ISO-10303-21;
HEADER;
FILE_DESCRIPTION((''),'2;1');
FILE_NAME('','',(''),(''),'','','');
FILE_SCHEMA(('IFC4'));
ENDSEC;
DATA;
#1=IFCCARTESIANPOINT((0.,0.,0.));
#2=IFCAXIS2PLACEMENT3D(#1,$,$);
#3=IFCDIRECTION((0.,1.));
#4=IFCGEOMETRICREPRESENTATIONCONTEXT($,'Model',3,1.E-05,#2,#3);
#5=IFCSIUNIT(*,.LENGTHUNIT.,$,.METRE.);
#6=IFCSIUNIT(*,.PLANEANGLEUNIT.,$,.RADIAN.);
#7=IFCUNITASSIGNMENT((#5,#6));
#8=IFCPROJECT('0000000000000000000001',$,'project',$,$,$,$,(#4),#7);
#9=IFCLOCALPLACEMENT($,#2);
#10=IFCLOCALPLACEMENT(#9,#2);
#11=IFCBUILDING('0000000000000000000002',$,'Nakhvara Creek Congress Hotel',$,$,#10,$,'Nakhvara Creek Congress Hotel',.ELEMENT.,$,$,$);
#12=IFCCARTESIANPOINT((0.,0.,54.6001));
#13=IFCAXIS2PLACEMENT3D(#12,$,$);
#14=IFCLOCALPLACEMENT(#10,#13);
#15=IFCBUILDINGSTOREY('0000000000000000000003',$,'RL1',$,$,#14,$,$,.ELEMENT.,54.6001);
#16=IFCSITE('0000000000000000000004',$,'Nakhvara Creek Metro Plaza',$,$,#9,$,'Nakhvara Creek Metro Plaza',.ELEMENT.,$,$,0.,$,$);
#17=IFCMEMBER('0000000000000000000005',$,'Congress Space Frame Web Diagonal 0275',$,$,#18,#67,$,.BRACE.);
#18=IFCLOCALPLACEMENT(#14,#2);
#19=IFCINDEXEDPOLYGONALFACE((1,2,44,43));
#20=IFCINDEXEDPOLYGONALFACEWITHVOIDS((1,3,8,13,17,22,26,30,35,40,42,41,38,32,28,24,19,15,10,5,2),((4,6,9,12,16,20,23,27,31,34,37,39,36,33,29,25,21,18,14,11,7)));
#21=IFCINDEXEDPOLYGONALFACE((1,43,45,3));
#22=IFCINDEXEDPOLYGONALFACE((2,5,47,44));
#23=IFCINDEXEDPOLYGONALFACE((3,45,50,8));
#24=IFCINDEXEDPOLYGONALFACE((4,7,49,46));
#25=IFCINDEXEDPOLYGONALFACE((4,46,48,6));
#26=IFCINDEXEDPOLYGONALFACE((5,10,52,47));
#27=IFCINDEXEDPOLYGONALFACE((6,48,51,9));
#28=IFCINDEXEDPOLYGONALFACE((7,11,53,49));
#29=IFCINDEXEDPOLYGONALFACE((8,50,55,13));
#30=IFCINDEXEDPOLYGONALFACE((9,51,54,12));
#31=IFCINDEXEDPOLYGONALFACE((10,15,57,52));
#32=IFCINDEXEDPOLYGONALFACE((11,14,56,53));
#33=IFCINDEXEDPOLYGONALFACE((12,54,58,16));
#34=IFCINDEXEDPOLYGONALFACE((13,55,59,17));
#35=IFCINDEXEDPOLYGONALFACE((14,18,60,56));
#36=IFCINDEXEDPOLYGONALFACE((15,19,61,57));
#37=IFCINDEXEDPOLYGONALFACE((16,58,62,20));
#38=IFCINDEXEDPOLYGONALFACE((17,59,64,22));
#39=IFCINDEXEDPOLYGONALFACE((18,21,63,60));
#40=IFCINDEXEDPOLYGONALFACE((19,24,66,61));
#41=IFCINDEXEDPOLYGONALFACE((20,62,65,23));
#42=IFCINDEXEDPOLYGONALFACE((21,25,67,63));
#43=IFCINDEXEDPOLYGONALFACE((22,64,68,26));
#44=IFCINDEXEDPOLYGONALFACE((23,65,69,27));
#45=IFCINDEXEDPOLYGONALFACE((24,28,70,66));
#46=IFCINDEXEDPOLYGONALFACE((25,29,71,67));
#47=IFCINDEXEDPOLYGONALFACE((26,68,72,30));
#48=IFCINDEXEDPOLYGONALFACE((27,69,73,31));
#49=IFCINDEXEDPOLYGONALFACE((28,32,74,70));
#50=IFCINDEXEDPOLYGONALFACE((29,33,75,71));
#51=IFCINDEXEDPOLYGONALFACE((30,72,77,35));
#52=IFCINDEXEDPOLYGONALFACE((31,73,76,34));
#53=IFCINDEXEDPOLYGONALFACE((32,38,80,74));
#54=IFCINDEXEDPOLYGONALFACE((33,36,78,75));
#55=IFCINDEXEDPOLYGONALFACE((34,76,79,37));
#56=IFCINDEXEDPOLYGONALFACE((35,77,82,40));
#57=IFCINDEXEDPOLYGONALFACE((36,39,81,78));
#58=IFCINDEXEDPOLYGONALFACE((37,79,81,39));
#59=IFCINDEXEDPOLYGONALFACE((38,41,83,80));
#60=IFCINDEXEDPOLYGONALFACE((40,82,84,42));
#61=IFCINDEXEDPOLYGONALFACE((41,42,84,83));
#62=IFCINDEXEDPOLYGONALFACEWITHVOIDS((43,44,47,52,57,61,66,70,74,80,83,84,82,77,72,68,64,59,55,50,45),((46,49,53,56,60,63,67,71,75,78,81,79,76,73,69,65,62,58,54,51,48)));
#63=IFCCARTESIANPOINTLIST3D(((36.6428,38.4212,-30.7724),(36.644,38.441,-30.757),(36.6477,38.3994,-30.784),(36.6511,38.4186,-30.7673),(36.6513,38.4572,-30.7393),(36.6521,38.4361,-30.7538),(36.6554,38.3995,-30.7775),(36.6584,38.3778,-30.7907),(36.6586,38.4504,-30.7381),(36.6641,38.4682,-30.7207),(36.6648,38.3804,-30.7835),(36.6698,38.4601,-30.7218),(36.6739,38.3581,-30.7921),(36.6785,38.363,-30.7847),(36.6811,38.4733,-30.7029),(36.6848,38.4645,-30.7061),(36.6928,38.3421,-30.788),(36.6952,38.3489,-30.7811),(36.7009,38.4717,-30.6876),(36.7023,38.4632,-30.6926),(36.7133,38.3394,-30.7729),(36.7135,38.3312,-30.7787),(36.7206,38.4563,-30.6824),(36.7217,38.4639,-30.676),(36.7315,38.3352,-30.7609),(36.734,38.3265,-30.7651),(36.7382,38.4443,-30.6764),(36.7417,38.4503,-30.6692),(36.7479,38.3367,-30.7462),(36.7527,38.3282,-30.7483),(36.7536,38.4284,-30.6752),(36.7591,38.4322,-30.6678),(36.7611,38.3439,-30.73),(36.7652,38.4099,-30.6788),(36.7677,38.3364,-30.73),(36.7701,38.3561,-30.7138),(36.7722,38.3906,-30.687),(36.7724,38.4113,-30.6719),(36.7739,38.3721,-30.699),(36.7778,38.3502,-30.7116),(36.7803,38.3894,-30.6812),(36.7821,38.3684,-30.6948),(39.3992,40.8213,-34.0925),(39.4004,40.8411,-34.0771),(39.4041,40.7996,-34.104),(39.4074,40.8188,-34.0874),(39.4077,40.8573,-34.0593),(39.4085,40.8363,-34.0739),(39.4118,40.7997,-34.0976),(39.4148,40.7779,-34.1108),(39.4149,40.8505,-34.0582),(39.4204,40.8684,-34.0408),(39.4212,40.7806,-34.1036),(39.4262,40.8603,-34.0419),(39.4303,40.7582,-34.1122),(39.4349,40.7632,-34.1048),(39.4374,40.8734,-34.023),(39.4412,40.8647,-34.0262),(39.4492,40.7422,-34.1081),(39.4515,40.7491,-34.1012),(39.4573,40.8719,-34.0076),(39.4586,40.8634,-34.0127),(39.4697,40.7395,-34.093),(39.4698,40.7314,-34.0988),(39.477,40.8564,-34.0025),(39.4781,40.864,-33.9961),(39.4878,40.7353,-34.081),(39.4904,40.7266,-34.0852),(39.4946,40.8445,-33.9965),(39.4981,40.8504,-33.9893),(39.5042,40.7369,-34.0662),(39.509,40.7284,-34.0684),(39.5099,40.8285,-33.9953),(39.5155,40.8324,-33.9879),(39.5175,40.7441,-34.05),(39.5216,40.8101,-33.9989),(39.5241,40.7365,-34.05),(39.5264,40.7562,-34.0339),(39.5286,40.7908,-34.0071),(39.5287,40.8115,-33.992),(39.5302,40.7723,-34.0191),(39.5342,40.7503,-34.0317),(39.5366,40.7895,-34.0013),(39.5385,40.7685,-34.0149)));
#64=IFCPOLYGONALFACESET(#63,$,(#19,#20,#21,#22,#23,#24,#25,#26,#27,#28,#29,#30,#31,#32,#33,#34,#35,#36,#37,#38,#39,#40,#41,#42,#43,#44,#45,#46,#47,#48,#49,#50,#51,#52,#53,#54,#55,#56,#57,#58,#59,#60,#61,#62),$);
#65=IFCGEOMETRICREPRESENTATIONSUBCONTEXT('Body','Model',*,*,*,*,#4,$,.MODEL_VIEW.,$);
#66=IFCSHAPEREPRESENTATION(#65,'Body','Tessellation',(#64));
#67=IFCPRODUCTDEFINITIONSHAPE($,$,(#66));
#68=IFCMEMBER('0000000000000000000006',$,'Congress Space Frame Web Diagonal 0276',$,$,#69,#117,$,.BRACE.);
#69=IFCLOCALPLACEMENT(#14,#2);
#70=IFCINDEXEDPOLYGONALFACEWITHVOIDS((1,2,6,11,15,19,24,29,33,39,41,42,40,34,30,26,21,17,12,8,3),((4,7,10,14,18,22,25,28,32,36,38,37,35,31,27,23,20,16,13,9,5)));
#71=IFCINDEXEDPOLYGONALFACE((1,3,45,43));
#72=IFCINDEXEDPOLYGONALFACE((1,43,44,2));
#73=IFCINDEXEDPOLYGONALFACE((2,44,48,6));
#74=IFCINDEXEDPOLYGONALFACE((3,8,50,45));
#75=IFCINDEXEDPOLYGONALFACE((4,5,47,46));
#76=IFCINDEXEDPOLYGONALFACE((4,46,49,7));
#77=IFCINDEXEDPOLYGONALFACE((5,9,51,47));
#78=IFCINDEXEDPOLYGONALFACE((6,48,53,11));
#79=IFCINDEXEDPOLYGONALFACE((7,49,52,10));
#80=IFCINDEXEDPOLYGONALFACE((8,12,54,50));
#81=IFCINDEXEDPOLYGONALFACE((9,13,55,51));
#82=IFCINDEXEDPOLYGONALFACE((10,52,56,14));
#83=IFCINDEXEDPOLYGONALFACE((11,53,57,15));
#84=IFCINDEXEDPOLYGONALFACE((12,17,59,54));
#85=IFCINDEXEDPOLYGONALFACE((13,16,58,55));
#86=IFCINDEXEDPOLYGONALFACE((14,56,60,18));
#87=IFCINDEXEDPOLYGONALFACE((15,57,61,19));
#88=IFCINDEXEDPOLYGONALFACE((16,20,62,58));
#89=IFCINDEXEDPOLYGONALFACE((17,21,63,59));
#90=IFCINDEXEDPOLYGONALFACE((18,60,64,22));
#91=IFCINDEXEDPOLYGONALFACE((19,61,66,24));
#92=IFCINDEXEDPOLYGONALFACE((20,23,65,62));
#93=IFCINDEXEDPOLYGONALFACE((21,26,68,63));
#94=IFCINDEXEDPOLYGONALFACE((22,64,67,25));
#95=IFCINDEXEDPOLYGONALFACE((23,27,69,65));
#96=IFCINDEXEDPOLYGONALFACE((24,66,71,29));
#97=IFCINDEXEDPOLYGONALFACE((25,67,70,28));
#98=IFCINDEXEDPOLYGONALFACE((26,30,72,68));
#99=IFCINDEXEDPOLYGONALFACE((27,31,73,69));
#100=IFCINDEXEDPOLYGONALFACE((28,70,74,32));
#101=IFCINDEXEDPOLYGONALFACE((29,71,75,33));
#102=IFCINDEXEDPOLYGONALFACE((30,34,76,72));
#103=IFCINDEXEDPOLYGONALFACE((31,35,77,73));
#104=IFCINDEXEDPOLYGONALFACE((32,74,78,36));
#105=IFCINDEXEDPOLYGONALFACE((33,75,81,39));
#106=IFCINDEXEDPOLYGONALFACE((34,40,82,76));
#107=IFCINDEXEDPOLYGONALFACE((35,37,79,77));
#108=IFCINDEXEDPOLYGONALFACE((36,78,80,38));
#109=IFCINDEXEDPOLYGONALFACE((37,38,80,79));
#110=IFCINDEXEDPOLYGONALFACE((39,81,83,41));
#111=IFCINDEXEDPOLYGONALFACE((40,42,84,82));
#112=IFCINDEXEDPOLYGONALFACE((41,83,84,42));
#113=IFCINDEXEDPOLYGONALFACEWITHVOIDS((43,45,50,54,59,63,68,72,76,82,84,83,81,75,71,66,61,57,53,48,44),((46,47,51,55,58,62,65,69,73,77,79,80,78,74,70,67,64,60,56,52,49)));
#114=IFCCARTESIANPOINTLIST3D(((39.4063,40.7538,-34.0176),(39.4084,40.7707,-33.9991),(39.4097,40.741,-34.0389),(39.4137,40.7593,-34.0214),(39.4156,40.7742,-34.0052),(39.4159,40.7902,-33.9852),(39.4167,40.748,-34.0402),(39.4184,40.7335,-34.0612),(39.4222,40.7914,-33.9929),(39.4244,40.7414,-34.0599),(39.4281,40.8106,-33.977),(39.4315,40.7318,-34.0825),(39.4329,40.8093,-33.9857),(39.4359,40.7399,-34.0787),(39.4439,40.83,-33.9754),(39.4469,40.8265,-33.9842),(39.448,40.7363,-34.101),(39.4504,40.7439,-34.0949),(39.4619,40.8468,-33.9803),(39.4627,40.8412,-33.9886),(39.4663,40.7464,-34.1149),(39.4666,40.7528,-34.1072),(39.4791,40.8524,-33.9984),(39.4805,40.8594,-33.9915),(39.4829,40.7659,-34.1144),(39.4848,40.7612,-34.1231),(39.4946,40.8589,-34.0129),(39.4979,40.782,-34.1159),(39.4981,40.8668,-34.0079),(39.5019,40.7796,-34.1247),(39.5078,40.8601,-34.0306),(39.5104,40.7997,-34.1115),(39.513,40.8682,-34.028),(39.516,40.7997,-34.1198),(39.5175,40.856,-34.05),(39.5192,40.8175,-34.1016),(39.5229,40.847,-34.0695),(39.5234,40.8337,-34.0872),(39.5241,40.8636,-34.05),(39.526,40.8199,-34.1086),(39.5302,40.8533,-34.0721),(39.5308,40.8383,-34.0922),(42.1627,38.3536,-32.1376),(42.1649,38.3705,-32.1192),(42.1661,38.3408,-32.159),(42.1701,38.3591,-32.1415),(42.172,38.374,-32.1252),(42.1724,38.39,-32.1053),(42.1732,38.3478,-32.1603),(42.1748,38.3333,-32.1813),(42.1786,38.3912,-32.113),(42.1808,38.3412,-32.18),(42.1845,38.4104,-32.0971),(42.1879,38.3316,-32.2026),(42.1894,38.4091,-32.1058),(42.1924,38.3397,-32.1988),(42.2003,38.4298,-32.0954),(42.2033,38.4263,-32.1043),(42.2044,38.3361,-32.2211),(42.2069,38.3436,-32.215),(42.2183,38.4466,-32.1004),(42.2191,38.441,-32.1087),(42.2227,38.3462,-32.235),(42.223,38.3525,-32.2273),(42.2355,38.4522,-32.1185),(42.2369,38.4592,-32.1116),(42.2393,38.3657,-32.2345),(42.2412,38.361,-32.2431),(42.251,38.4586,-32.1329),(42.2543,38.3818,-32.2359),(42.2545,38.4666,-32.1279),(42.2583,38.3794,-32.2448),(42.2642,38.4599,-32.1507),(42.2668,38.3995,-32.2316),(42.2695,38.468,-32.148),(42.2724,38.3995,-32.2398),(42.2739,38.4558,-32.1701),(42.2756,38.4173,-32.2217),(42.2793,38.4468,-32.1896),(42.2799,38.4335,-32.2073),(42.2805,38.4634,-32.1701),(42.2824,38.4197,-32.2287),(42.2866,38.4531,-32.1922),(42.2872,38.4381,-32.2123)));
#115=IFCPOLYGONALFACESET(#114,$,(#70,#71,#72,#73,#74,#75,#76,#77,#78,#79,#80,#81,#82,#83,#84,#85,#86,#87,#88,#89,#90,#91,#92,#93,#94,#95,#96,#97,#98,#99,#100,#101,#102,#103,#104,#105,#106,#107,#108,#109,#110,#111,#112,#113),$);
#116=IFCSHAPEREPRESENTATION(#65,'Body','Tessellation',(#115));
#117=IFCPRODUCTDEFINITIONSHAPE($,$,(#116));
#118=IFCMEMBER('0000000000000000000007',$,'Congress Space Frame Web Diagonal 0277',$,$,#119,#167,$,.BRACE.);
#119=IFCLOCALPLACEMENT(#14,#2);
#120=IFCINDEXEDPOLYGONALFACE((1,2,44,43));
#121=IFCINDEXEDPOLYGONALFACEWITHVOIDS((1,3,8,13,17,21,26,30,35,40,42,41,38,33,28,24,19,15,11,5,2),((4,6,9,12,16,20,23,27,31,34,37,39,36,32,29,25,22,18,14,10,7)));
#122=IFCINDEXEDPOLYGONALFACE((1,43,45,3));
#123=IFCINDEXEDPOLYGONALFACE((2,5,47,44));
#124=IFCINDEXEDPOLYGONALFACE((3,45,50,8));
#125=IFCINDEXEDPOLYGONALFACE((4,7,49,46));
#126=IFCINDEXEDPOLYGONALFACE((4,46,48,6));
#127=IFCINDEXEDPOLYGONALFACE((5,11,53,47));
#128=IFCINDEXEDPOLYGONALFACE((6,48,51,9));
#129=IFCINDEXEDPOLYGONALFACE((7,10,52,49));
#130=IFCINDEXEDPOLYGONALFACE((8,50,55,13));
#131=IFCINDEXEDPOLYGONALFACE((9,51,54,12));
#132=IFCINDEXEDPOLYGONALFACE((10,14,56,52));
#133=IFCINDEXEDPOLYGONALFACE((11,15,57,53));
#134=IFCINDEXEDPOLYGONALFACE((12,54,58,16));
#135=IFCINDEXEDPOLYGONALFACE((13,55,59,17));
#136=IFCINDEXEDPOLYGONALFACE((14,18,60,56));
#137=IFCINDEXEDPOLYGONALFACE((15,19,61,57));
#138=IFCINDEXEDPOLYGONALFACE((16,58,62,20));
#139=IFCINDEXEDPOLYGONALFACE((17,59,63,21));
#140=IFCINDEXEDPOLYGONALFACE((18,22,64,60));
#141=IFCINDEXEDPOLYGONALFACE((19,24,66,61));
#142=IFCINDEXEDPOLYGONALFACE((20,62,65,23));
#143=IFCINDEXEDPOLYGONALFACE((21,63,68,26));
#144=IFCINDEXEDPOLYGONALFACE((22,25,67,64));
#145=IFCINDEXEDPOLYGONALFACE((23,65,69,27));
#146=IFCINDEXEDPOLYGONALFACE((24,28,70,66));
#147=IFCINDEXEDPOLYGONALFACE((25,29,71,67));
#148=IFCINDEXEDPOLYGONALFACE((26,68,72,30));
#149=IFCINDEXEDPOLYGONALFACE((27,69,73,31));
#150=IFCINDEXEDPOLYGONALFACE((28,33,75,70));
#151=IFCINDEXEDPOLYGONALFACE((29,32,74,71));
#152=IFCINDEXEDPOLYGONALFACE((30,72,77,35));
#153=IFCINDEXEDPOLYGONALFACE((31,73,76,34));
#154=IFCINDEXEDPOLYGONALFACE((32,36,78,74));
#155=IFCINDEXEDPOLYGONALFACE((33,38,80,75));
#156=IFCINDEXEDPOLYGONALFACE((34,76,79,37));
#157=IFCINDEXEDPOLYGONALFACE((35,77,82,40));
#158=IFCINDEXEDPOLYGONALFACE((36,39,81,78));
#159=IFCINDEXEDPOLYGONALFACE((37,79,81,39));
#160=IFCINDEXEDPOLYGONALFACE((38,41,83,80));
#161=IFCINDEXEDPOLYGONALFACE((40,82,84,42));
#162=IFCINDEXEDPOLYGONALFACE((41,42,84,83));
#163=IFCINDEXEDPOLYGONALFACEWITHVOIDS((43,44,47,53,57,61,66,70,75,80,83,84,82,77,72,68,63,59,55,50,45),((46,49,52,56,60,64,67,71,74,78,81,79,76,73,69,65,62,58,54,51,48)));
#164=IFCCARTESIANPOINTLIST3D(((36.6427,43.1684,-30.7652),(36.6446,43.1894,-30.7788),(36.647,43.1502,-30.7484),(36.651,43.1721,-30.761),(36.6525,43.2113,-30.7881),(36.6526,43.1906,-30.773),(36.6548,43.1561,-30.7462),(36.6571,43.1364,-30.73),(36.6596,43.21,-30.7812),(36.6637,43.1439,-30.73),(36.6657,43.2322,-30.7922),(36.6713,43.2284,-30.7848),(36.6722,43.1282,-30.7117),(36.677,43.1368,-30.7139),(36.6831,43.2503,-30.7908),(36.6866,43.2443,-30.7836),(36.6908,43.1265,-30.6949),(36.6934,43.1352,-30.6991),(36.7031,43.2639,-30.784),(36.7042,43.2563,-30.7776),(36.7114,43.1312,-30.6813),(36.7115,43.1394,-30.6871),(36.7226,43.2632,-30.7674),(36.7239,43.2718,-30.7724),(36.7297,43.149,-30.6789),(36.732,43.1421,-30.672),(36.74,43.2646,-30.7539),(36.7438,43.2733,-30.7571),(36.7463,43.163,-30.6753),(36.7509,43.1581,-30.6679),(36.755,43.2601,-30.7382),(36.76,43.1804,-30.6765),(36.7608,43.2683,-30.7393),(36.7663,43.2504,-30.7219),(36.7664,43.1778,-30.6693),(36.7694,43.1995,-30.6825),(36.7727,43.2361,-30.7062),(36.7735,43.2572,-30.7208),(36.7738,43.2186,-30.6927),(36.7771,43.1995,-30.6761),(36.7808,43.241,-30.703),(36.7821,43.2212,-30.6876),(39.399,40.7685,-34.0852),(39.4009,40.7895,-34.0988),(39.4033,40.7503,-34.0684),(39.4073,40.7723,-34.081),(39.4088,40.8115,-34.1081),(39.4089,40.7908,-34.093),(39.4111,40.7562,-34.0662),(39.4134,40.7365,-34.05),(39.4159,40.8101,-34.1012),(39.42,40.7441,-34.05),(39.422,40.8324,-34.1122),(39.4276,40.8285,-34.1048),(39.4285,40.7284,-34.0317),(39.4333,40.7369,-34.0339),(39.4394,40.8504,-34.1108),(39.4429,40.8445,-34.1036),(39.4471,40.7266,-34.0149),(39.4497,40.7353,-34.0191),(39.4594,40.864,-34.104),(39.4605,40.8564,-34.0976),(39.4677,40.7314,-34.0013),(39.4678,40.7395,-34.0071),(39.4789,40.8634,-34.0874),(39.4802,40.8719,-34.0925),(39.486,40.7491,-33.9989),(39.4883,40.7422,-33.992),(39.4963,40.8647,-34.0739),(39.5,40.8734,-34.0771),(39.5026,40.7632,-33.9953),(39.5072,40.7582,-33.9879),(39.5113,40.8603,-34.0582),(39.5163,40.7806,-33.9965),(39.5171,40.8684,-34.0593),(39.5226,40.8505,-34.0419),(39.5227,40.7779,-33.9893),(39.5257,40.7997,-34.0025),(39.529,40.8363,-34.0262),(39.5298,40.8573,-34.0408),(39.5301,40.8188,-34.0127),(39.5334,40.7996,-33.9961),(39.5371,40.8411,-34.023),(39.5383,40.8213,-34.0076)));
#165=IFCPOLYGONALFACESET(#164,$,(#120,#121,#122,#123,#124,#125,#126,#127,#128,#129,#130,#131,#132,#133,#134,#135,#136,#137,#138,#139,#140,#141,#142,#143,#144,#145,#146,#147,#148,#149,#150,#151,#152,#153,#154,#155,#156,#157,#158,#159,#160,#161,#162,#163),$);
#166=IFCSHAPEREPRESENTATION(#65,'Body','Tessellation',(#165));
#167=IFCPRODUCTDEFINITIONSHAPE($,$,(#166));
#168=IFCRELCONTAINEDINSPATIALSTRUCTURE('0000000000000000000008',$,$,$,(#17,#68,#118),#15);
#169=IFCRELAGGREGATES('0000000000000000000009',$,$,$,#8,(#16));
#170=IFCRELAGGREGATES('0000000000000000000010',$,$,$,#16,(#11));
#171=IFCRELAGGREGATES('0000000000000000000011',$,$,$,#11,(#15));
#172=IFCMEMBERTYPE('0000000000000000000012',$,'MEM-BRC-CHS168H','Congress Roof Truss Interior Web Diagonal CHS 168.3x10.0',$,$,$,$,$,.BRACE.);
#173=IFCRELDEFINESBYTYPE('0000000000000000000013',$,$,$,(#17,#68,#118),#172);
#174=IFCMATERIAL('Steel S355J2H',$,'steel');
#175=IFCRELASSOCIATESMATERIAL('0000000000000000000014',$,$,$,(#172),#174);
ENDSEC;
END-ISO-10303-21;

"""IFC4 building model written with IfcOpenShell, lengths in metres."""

from ifc_helpers import new_model, si_unit, direction, frame, origin, origin_2d, place, context, subcontext, project, spatial, hollow_circle, extrude, material, material_profile, profile_set, type_object, element, save


model = new_model("IFC4")

# Units and contexts
model_context = context("Model", 3, precision=1e-05, world=origin(), true_north=direction((0.0, 1.0)))
body_context = subcontext(model_context, "Body", "Model", "MODEL_VIEW")
ifc_project = project(units=[si_unit("LENGTHUNIT", "METRE"), si_unit("PLANEANGLEUNIT", "RADIAN")], contexts=[model_context])

# Site, building, storey
site_placement = place(None, origin())
site = spatial("IfcSite", under=ifc_project, at=site_placement, Name="Nakhvara Creek Metro Plaza", LongName="Nakhvara Creek Metro Plaza", CompositionType="ELEMENT", RefElevation=0.0)
building_placement = place(site_placement, origin())
building = spatial("IfcBuilding", under=site, at=building_placement, Name="Nakhvara Creek Congress Hotel", LongName="Nakhvara Creek Congress Hotel", CompositionType="ELEMENT")
storey_placement = place(building_placement, frame((0.0, 0.0, 54.6001)))
storey = spatial("IfcBuildingStorey", under=building, at=storey_placement, Name="RL1", CompositionType="ELEMENT", Elevation=54.6001)

# Members
ifc_material_1 = material(Name="Steel S355J2H", Category="steel")
ifc_material_profile_1 = material_profile(ifc_material_1, hollow_circle(Radius=0.0842, WallThickness=0.01, at=origin_2d()), Name="CHS 168.3x10.0", Category="LoadBearing")
ifc_profile_set_1 = profile_set([ifc_material_profile_1], Name="Steel S355J2H")
member_type_1 = type_object("IfcMemberType", Name="MEM-BRC-CHS168H", Description="Congress Roof Truss Interior Web Diagonal CHS 168.3x10.0", PredefinedType="BRACE", material=ifc_profile_set_1)
member_1_placement = place(storey_placement, frame((39.4688, 40.8, -34.05), z_axis=(-0.558224, -0.486085, 0.67239), x_axis=(0.656696, -0.754155, 0.0)))
element("IfcMember", 1, at=member_1_placement, inside=storey, type_object=member_type_1, Name="Congress Space Frame Web Diagonal 0275", PredefinedType="BRACE", context=body_context, shape_type="SweptSolid", body=[
    extrude(hollow_circle(Radius=0.0842, WallThickness=0.01, at=origin_2d()), origin(), (0.0, 0.0, 1.0), 4.9377),
])
member_2_placement = place(storey_placement, frame((39.4688, 40.8, -34.05), z_axis=(0.670644, -0.583977, 0.457392), x_axis=(0.656696, 0.754155, 0.0)))
element("IfcMember", 2, at=member_2_placement, inside=storey, type_object=member_type_1, Name="Congress Space Frame Web Diagonal 0276", PredefinedType="BRACE", context=body_context, shape_type="SweptSolid", body=[
    extrude(hollow_circle(Radius=0.0842, WallThickness=0.01, at=origin_2d()), origin(), (0.0, 0.0, 1.0), 4.1101),
])
member_3_placement = place(storey_placement, frame((39.4688, 40.8, -34.05), z_axis=(-0.558237, 0.486047, 0.672406), x_axis=(-0.656658, -0.754188, 0.0)))
element("IfcMember", 3, at=member_3_placement, inside=storey, type_object=member_type_1, Name="Congress Space Frame Web Diagonal 0277", PredefinedType="BRACE", context=body_context, shape_type="SweptSolid", body=[
    extrude(hollow_circle(Radius=0.0842, WallThickness=0.01, at=origin_2d()), origin(), (0.0, 0.0, 1.0), 4.9375),
])

save(model, "model.ifc")
